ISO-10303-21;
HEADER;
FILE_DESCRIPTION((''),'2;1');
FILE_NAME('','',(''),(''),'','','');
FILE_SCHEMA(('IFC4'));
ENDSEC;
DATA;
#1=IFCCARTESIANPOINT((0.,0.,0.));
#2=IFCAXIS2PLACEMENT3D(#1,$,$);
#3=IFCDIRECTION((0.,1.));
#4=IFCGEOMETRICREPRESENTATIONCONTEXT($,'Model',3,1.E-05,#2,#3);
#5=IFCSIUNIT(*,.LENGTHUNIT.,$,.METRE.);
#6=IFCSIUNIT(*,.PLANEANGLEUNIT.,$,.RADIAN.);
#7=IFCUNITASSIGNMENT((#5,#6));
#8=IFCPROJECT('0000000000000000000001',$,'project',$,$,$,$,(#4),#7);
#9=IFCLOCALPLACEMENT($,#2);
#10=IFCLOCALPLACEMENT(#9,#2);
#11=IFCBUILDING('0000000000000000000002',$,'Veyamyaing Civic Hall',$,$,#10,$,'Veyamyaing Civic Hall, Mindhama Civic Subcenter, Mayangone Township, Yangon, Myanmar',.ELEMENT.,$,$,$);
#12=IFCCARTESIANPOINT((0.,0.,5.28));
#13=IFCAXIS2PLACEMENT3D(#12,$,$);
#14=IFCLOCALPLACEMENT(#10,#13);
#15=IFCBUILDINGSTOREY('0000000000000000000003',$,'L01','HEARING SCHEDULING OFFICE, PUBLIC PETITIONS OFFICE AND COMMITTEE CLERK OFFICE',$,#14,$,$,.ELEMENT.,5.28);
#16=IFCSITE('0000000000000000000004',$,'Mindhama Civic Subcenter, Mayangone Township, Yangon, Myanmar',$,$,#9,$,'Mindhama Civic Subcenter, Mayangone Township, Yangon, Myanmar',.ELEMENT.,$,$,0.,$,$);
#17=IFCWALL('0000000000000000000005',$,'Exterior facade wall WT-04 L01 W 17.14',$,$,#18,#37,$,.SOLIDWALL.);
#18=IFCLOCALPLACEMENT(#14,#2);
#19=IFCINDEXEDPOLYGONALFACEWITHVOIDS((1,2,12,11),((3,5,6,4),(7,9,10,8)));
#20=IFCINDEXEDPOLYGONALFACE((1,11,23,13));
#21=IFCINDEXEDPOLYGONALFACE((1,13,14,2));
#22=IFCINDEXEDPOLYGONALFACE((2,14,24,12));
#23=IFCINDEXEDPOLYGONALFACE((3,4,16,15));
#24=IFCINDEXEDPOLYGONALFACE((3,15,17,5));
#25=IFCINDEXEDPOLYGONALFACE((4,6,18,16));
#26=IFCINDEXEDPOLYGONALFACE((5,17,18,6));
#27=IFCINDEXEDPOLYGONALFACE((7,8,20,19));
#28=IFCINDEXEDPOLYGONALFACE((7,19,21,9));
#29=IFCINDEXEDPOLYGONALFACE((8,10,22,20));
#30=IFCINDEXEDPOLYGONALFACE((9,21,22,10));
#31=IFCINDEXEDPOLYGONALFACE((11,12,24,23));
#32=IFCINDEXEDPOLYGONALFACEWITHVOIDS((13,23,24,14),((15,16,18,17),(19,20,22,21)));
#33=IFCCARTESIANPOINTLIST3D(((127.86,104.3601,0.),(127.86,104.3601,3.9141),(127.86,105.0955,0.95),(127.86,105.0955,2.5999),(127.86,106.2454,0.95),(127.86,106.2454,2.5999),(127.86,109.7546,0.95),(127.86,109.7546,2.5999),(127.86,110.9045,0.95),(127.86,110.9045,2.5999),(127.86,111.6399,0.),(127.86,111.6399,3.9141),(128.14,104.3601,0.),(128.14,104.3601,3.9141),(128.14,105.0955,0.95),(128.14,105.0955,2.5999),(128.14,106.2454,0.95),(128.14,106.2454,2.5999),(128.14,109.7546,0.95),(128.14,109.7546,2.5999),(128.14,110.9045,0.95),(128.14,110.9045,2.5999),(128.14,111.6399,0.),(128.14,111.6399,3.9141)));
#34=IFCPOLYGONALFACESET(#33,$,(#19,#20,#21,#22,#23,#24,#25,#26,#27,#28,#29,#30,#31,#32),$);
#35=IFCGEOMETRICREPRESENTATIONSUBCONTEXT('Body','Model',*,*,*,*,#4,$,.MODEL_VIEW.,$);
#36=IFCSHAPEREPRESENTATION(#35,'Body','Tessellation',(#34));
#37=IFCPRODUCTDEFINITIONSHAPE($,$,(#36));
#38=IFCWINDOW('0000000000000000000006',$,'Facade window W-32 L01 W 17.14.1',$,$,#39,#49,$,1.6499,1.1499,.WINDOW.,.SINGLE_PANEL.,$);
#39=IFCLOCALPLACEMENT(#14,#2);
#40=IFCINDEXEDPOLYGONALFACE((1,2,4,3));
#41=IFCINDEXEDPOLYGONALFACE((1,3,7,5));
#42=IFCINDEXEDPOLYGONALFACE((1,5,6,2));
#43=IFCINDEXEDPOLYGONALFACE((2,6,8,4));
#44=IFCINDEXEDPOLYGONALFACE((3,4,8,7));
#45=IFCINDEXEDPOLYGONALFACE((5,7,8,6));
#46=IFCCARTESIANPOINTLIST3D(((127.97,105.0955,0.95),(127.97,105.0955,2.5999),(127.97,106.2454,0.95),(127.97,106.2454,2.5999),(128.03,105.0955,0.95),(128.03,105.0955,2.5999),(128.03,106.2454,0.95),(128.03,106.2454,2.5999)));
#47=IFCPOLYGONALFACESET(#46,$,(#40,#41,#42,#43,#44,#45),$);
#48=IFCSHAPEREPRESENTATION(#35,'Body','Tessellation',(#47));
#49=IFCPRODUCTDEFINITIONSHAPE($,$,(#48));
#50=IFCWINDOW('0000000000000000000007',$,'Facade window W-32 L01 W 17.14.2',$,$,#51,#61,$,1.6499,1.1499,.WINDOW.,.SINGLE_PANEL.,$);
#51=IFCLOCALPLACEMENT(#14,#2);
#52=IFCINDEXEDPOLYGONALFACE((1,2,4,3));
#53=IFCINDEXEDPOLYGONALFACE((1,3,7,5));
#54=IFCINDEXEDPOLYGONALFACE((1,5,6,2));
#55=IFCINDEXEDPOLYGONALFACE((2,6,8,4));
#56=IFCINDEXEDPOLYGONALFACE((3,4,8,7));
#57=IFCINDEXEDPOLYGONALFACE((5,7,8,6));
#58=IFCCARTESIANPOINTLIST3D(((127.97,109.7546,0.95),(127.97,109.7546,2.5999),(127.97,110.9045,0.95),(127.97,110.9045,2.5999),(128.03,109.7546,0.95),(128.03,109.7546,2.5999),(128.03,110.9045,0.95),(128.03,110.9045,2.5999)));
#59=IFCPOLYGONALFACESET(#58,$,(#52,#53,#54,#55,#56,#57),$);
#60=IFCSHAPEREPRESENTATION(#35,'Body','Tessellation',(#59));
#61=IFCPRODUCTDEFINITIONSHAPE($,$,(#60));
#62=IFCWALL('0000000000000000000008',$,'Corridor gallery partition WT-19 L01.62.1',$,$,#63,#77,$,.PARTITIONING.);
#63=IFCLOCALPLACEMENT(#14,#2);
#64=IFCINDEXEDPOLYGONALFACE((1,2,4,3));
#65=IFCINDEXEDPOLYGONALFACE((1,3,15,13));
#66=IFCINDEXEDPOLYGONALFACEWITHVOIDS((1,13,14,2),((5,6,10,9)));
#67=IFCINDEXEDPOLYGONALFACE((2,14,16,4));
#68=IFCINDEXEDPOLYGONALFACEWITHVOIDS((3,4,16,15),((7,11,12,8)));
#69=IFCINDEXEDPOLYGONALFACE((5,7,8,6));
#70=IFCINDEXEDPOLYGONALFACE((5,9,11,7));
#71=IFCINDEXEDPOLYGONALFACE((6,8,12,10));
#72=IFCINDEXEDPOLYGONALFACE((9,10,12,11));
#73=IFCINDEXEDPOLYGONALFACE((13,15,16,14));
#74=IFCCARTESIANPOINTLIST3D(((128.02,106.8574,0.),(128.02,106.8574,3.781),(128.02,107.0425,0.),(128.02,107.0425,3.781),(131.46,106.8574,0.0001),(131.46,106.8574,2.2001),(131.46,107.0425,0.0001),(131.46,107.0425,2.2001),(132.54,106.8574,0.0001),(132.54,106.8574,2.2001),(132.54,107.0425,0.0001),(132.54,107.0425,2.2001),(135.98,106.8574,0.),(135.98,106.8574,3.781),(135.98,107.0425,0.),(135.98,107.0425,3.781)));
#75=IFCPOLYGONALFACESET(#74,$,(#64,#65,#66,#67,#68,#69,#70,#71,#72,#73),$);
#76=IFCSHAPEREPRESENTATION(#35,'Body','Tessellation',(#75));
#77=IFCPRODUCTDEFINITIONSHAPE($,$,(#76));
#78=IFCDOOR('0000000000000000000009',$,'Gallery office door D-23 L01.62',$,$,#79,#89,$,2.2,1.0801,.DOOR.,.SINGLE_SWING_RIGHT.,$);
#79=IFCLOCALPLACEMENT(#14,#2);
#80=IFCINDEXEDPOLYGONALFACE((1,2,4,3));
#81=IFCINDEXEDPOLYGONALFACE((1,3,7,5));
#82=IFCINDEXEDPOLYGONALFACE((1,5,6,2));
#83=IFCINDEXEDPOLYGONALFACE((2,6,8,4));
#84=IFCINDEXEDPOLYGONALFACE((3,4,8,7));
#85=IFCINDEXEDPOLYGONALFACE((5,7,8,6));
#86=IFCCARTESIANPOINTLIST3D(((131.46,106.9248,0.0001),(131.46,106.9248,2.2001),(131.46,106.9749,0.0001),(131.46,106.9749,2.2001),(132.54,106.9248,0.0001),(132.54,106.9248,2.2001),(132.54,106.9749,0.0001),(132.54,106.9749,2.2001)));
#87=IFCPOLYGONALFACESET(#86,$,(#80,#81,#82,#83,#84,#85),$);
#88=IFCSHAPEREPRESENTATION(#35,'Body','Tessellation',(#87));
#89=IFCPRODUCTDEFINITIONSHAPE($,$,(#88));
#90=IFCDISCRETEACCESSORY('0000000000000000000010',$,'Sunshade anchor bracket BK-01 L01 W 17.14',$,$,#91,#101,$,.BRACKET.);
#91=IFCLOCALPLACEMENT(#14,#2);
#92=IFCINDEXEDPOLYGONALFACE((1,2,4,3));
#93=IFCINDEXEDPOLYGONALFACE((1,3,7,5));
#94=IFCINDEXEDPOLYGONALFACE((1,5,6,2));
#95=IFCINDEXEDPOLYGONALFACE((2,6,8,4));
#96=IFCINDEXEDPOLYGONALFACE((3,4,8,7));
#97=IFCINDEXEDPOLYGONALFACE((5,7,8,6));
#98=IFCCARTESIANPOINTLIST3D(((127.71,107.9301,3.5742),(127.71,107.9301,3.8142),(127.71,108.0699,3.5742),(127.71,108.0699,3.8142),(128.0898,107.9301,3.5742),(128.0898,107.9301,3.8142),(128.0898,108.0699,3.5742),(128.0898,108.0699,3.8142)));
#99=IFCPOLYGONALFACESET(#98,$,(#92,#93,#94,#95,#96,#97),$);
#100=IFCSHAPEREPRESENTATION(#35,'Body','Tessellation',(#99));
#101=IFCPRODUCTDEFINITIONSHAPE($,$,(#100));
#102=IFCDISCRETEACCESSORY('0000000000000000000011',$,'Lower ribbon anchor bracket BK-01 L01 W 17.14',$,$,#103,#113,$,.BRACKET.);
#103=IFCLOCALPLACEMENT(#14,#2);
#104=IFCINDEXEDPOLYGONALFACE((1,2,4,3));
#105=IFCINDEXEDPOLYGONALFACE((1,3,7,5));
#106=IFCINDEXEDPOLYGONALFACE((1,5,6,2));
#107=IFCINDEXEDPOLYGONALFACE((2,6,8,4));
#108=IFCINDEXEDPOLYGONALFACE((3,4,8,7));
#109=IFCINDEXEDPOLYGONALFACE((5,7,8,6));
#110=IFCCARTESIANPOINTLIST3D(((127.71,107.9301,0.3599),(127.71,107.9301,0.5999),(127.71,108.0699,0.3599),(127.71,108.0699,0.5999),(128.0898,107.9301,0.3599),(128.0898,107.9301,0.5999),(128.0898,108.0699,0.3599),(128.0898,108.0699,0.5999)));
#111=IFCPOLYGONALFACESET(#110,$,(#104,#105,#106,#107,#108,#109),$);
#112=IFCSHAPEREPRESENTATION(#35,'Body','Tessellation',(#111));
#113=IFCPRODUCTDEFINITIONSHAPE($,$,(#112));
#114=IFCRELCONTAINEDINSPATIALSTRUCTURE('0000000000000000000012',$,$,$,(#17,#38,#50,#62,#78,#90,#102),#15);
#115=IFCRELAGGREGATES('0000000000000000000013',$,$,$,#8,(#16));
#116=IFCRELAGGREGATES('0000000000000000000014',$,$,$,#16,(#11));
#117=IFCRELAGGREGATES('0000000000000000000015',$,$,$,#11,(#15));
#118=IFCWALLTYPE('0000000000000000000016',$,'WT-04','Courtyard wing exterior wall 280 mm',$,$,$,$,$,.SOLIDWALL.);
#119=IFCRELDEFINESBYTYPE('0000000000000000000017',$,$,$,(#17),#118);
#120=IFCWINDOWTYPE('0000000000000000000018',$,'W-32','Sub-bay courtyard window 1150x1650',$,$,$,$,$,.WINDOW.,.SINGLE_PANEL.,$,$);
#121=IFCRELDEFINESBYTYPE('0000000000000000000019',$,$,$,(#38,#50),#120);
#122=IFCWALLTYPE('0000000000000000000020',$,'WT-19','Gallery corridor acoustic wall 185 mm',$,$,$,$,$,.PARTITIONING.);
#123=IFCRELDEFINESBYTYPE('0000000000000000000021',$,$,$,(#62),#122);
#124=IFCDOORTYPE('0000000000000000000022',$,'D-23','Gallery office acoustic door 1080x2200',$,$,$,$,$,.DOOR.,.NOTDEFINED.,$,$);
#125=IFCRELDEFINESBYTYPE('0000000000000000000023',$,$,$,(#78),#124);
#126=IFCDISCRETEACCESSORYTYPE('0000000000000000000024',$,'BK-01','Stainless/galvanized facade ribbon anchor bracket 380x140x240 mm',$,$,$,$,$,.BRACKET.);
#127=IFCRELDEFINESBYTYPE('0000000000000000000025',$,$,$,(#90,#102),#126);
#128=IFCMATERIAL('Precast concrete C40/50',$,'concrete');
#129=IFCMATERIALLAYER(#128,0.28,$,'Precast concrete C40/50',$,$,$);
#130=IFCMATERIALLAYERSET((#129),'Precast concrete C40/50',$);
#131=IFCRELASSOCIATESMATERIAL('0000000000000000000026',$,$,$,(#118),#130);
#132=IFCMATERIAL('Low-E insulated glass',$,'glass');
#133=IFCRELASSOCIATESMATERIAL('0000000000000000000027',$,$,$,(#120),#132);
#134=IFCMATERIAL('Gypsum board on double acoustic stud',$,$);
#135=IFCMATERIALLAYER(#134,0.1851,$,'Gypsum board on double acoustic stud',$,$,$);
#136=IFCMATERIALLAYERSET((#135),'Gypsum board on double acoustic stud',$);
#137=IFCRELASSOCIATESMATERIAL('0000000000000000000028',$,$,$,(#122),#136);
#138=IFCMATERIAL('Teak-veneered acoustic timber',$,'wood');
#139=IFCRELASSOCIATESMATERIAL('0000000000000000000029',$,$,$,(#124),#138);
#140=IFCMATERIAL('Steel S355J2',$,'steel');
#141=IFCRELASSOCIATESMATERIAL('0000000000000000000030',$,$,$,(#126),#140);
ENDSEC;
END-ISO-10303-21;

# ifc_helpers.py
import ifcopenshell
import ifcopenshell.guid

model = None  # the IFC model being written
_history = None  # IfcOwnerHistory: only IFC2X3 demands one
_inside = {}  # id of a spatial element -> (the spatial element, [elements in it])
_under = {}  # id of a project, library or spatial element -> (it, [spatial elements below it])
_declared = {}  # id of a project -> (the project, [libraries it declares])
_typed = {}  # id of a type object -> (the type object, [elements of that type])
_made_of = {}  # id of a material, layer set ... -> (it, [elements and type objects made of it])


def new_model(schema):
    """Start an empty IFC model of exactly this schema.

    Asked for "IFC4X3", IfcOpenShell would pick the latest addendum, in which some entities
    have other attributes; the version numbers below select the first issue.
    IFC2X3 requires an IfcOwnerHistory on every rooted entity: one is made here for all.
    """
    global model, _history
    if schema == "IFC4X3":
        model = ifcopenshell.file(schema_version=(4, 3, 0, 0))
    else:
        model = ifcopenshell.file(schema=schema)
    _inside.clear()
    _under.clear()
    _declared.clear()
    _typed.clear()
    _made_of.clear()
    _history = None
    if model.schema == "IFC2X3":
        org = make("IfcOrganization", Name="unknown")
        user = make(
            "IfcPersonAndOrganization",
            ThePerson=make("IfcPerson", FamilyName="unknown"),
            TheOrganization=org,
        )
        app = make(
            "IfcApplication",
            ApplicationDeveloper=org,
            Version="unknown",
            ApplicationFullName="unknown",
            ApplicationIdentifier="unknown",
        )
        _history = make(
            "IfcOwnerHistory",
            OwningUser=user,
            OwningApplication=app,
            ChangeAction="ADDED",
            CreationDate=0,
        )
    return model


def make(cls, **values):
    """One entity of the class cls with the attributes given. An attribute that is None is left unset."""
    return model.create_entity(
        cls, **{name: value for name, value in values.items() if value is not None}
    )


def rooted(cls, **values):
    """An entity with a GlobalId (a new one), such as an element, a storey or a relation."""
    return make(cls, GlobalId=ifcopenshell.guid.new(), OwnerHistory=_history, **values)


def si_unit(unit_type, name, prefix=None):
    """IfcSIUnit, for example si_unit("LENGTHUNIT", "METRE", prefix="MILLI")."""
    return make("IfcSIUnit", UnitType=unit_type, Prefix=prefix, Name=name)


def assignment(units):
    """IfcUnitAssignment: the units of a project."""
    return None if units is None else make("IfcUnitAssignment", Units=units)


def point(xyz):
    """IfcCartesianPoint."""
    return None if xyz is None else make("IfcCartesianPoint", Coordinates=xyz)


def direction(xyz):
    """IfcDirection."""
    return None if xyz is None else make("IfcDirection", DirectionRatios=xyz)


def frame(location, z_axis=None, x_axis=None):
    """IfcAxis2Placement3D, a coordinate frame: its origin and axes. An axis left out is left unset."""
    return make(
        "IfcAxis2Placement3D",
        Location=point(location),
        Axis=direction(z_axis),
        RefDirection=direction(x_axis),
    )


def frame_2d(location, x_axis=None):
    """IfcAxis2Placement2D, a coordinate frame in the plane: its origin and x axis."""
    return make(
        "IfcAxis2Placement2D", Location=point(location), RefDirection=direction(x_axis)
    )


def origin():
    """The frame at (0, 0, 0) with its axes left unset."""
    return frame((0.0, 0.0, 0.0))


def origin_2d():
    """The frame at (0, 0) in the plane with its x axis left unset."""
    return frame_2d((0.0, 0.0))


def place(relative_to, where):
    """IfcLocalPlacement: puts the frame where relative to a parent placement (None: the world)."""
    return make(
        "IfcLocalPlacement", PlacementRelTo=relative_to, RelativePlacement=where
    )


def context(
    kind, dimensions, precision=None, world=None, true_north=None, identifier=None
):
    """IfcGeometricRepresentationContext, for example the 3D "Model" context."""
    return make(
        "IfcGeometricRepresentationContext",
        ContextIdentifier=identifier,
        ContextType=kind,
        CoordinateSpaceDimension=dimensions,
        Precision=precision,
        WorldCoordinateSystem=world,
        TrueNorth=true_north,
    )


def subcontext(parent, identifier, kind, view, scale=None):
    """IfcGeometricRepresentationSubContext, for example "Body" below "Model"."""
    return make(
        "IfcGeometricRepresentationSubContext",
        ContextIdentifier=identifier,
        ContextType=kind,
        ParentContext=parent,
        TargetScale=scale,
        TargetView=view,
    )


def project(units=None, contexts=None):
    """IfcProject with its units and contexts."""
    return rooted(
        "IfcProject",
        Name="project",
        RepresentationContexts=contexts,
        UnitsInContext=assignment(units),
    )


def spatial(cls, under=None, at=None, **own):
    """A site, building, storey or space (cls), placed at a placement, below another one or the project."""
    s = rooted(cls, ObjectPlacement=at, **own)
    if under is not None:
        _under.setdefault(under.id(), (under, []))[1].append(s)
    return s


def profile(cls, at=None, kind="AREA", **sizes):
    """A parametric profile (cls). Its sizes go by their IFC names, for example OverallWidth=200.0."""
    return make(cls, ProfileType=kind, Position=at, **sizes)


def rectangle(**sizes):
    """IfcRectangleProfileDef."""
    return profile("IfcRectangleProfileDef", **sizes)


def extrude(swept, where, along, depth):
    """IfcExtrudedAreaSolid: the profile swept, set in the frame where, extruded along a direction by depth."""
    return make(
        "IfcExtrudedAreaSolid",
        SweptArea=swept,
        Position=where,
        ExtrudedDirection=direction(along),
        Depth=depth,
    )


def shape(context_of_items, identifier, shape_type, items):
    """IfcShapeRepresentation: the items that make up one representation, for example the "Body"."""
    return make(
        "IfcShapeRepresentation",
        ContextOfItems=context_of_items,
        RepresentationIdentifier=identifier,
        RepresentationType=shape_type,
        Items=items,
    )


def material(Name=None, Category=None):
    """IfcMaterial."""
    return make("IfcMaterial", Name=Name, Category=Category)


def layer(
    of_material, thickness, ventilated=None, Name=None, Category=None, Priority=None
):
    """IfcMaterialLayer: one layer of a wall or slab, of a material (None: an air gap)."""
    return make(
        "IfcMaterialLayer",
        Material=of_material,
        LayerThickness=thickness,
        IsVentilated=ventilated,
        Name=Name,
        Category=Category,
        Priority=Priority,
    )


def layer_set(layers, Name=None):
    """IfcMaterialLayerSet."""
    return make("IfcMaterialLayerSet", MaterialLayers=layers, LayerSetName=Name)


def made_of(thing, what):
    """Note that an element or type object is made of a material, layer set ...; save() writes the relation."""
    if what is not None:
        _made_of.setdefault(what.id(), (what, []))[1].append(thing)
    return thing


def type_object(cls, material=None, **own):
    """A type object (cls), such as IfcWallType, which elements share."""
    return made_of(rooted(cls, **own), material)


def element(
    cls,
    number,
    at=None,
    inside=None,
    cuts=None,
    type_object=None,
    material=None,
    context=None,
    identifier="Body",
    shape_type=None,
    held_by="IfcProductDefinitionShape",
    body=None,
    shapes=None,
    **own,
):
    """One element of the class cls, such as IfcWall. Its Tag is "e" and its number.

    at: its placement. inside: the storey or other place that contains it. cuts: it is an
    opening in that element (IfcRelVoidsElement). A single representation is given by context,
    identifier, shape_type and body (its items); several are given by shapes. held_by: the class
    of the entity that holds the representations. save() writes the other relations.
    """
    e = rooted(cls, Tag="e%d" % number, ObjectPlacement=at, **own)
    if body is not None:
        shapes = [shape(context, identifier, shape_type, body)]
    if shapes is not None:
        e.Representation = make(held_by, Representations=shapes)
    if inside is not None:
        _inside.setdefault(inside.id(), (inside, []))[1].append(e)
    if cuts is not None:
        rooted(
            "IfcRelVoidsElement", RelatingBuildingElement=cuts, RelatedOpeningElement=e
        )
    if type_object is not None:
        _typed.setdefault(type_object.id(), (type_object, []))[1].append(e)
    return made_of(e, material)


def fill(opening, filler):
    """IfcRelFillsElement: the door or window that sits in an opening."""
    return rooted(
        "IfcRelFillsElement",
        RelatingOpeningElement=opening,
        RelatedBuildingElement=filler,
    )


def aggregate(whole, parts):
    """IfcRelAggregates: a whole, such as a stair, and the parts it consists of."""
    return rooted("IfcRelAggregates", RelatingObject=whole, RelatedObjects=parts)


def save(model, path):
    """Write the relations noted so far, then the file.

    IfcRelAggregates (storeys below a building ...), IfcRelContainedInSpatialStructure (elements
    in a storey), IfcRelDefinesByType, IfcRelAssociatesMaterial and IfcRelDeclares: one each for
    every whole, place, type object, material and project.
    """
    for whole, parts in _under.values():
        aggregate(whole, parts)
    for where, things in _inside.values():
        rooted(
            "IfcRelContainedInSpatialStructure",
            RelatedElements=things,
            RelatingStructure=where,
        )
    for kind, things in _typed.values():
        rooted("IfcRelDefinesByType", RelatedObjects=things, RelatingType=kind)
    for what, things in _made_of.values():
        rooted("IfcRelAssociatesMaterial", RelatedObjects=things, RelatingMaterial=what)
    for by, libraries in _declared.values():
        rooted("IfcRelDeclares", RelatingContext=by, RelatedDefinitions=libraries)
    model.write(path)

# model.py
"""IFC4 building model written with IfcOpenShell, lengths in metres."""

from ifc_helpers import new_model, si_unit, direction, frame, frame_2d, origin, origin_2d, place, context, subcontext, project, spatial, rectangle, extrude, material, layer, layer_set, type_object, element, fill, save


model = new_model("IFC4")

# Units and contexts
model_context = context("Model", 3, precision=1e-05, world=origin(), true_north=direction((0.0, 1.0)))
body_context = subcontext(model_context, "Body", "Model", "MODEL_VIEW")
ifc_project = project(units=[si_unit("LENGTHUNIT", "METRE"), si_unit("PLANEANGLEUNIT", "RADIAN")], contexts=[model_context])

# Site, building, storey
site_placement = place(None, origin())
site = spatial("IfcSite", under=ifc_project, at=site_placement, Name="Mindhama Civic Subcenter, Mayangone Township, Yangon, Myanmar", LongName="Mindhama Civic Subcenter, Mayangone Township, Yangon, Myanmar", CompositionType="ELEMENT", RefElevation=0.0)
building_placement = place(site_placement, origin())
building = spatial("IfcBuilding", under=site, at=building_placement, Name="Veyamyaing Civic Hall", LongName="Veyamyaing Civic Hall, Mindhama Civic Subcenter, Mayangone Township, Yangon, Myanmar", CompositionType="ELEMENT")
storey_placement = place(building_placement, frame((0.0, 0.0, 5.28)))
storey = spatial("IfcBuildingStorey", under=building, at=storey_placement, Name="L01", Description="HEARING SCHEDULING OFFICE, PUBLIC PETITIONS OFFICE AND COMMITTEE CLERK OFFICE", CompositionType="ELEMENT", Elevation=5.28)

# Shared definitions
ifc_material_1 = material(Name="Low-E insulated glass", Category="glass")

# Wall, openings, windows
ifc_material_2 = material(Name="Precast concrete C40/50", Category="concrete")
ifc_layer_1 = layer(ifc_material_2, 0.28, Name="Precast concrete C40/50")
ifc_layer_set_1 = layer_set([ifc_layer_1], Name="Precast concrete C40/50")
wall_type_1 = type_object("IfcWallType", Name="WT-04", Description="Courtyard wing exterior wall 280 mm", PredefinedType="SOLIDWALL", material=ifc_layer_set_1)
wall_1_placement = place(storey_placement, frame((128.0, 104.3601, 0.0), z_axis=(0.0, 0.0, 1.0), x_axis=(0.0, 1.0, 0.0)))
wall_1 = element("IfcWall", 1, at=wall_1_placement, inside=storey, type_object=wall_type_1, Name="Exterior facade wall WT-04 L01 W 17.14", PredefinedType="SOLIDWALL", context=body_context, shape_type="SweptSolid", body=[
    extrude(rectangle(XDim=7.2798, YDim=0.28, at=frame_2d((3.6399, 0.0))), origin(), (0.0, 0.0, 1.0), 3.9141),
])
opening_1_placement = place(wall_1_placement, frame((0.7354, 0.0, 0.95)))
opening_1 = element("IfcOpeningElement", 2, at=opening_1_placement, cuts=wall_1, PredefinedType="OPENING", context=body_context, shape_type="SweptSolid", body=[
    extrude(rectangle(XDim=1.1499, YDim=1.6499, at=frame_2d((0.575, 0.825))), frame((0.0, 0.1499, 0.0), z_axis=(0.0, -1.0, 0.0), x_axis=(1.0, 0.0, 0.0)), (0.0, 0.0, 1.0), 0.3),
])
opening_2_placement = place(wall_1_placement, frame((5.3945, 0.0, 0.95)))
opening_2 = element("IfcOpeningElement", 3, at=opening_2_placement, cuts=wall_1, PredefinedType="OPENING", context=body_context, shape_type="SweptSolid", body=[
    extrude(rectangle(XDim=1.1499, YDim=1.6499, at=frame_2d((0.575, 0.825))), frame((0.0, 0.1499, 0.0), z_axis=(0.0, -1.0, 0.0), x_axis=(1.0, 0.0, 0.0)), (0.0, 0.0, 1.0), 0.3),
])
window_type = type_object("IfcWindowType", Name="W-32", Description="Sub-bay courtyard window 1150x1650", PartitioningType="SINGLE_PANEL", PredefinedType="WINDOW", material=ifc_material_1)
window_1_placement = place(opening_1_placement, origin())
window_1 = element("IfcWindow", 4, at=window_1_placement, inside=storey, type_object=window_type, Name="Facade window W-32 L01 W 17.14.1", OverallHeight=1.6499, OverallWidth=1.1499, PartitioningType="SINGLE_PANEL", PredefinedType="WINDOW", context=body_context, shape_type="SweptSolid", body=[
    extrude(rectangle(XDim=1.1499, YDim=1.6499, at=frame_2d((0.575, 0.825))), frame((0.0, 0.03, 0.0), z_axis=(0.0, -1.0, 0.0), x_axis=(1.0, 0.0, 0.0)), (0.0, 0.0, 1.0), 0.0601),
])
fill(opening_1, window_1)
window_2_placement = place(opening_2_placement, origin())
window_2 = element("IfcWindow", 5, at=window_2_placement, inside=storey, type_object=window_type, Name="Facade window W-32 L01 W 17.14.2", OverallHeight=1.6499, OverallWidth=1.1499, PartitioningType="SINGLE_PANEL", PredefinedType="WINDOW", context=body_context, shape_type="SweptSolid", body=[
    extrude(rectangle(XDim=1.1499, YDim=1.6499, at=frame_2d((0.575, 0.825))), frame((0.0, 0.03, 0.0), z_axis=(0.0, -1.0, 0.0), x_axis=(1.0, 0.0, 0.0)), (0.0, 0.0, 1.0), 0.0601),
])
fill(opening_2, window_2)

# Wall, opening, door
ifc_material_3 = material(Name="Gypsum board on double acoustic stud")
ifc_layer_2 = layer(ifc_material_3, 0.1851, Name="Gypsum board on double acoustic stud")
ifc_layer_set_2 = layer_set([ifc_layer_2], Name="Gypsum board on double acoustic stud")
wall_type_2 = type_object("IfcWallType", Name="WT-19", Description="Gallery corridor acoustic wall 185 mm", PredefinedType="PARTITIONING", material=ifc_layer_set_2)
wall_2_placement = place(storey_placement, frame((128.02, 106.95, 0.0), z_axis=(0.0, 0.0, 1.0), x_axis=(1.0, 0.0, 0.0)))
wall_2 = element("IfcWall", 6, at=wall_2_placement, inside=storey, type_object=wall_type_2, Name="Corridor gallery partition WT-19 L01.62.1", PredefinedType="PARTITIONING", context=body_context, shape_type="SweptSolid", body=[
    extrude(rectangle(XDim=7.96, YDim=0.1851, at=frame_2d((3.98, 0.0))), origin(), (0.0, 0.0, 1.0), 3.781),
])
opening_3_placement = place(wall_2_placement, frame((3.4399, 0.0, 0.0)))
opening_3 = element("IfcOpeningElement", 7, at=opening_3_placement, cuts=wall_2, PredefinedType="OPENING", context=body_context, shape_type="SweptSolid", body=[
    extrude(rectangle(XDim=1.0801, YDim=2.2, at=frame_2d((0.54, 1.1001))), frame((0.0, 0.1025, 0.0), z_axis=(0.0, -1.0, 0.0), x_axis=(1.0, 0.0, 0.0)), (0.0, 0.0, 1.0), 0.2051),
])
ifc_material_4 = material(Name="Teak-veneered acoustic timber", Category="wood")
door_type = type_object("IfcDoorType", Name="D-23", Description="Gallery office acoustic door 1080x2200", OperationType="NOTDEFINED", PredefinedType="DOOR", material=ifc_material_4)
door_placement = place(opening_3_placement, origin())
door = element("IfcDoor", 8, at=door_placement, inside=storey, type_object=door_type, Name="Gallery office door D-23 L01.62", OperationType="SINGLE_SWING_RIGHT", OverallHeight=2.2, OverallWidth=1.0801, PredefinedType="DOOR", context=body_context, shape_type="SweptSolid", body=[
    extrude(rectangle(XDim=1.0801, YDim=2.2, at=frame_2d((0.54, 1.1001))), frame((0.0, 0.0249, 0.0), z_axis=(0.0, -1.0, 0.0), x_axis=(1.0, 0.0, 0.0)), (0.0, 0.0, 1.0), 0.05),
])
fill(opening_3, door)

# Discrete accessories
ifc_material_5 = material(Name="Steel S355J2", Category="steel")
discrete_accessory_type = type_object("IfcDiscreteAccessoryType", Name="BK-01", Description="Stainless/galvanized facade ribbon anchor bracket 380x140x240 mm", PredefinedType="BRACKET", material=ifc_material_5)
for number, where, z_axis, x_axis, name in (
    (9, (127.8999, 108.0, 3.5742), (0.0, 0.0, 1.0), (-1.0, 0.0, 0.0), "Sunshade anchor bracket BK-01 L01 W 17.14"),
    (10, (127.8999, 108.0, 0.3599), (0.0, 0.0, 1.0), (-1.0, 0.0, 0.0), "Lower ribbon anchor bracket BK-01 L01 W 17.14"),
):
    element("IfcDiscreteAccessory", number, at=place(storey_placement, frame(where, z_axis=z_axis, x_axis=x_axis)), inside=storey, type_object=discrete_accessory_type, Name=name, PredefinedType="BRACKET", context=body_context, shape_type="SweptSolid", body=[
        extrude(rectangle(XDim=0.3799, YDim=0.1399, at=origin_2d()), origin(), (0.0, 0.0, 1.0), 0.24),
    ])

save(model, "model.ifc")
